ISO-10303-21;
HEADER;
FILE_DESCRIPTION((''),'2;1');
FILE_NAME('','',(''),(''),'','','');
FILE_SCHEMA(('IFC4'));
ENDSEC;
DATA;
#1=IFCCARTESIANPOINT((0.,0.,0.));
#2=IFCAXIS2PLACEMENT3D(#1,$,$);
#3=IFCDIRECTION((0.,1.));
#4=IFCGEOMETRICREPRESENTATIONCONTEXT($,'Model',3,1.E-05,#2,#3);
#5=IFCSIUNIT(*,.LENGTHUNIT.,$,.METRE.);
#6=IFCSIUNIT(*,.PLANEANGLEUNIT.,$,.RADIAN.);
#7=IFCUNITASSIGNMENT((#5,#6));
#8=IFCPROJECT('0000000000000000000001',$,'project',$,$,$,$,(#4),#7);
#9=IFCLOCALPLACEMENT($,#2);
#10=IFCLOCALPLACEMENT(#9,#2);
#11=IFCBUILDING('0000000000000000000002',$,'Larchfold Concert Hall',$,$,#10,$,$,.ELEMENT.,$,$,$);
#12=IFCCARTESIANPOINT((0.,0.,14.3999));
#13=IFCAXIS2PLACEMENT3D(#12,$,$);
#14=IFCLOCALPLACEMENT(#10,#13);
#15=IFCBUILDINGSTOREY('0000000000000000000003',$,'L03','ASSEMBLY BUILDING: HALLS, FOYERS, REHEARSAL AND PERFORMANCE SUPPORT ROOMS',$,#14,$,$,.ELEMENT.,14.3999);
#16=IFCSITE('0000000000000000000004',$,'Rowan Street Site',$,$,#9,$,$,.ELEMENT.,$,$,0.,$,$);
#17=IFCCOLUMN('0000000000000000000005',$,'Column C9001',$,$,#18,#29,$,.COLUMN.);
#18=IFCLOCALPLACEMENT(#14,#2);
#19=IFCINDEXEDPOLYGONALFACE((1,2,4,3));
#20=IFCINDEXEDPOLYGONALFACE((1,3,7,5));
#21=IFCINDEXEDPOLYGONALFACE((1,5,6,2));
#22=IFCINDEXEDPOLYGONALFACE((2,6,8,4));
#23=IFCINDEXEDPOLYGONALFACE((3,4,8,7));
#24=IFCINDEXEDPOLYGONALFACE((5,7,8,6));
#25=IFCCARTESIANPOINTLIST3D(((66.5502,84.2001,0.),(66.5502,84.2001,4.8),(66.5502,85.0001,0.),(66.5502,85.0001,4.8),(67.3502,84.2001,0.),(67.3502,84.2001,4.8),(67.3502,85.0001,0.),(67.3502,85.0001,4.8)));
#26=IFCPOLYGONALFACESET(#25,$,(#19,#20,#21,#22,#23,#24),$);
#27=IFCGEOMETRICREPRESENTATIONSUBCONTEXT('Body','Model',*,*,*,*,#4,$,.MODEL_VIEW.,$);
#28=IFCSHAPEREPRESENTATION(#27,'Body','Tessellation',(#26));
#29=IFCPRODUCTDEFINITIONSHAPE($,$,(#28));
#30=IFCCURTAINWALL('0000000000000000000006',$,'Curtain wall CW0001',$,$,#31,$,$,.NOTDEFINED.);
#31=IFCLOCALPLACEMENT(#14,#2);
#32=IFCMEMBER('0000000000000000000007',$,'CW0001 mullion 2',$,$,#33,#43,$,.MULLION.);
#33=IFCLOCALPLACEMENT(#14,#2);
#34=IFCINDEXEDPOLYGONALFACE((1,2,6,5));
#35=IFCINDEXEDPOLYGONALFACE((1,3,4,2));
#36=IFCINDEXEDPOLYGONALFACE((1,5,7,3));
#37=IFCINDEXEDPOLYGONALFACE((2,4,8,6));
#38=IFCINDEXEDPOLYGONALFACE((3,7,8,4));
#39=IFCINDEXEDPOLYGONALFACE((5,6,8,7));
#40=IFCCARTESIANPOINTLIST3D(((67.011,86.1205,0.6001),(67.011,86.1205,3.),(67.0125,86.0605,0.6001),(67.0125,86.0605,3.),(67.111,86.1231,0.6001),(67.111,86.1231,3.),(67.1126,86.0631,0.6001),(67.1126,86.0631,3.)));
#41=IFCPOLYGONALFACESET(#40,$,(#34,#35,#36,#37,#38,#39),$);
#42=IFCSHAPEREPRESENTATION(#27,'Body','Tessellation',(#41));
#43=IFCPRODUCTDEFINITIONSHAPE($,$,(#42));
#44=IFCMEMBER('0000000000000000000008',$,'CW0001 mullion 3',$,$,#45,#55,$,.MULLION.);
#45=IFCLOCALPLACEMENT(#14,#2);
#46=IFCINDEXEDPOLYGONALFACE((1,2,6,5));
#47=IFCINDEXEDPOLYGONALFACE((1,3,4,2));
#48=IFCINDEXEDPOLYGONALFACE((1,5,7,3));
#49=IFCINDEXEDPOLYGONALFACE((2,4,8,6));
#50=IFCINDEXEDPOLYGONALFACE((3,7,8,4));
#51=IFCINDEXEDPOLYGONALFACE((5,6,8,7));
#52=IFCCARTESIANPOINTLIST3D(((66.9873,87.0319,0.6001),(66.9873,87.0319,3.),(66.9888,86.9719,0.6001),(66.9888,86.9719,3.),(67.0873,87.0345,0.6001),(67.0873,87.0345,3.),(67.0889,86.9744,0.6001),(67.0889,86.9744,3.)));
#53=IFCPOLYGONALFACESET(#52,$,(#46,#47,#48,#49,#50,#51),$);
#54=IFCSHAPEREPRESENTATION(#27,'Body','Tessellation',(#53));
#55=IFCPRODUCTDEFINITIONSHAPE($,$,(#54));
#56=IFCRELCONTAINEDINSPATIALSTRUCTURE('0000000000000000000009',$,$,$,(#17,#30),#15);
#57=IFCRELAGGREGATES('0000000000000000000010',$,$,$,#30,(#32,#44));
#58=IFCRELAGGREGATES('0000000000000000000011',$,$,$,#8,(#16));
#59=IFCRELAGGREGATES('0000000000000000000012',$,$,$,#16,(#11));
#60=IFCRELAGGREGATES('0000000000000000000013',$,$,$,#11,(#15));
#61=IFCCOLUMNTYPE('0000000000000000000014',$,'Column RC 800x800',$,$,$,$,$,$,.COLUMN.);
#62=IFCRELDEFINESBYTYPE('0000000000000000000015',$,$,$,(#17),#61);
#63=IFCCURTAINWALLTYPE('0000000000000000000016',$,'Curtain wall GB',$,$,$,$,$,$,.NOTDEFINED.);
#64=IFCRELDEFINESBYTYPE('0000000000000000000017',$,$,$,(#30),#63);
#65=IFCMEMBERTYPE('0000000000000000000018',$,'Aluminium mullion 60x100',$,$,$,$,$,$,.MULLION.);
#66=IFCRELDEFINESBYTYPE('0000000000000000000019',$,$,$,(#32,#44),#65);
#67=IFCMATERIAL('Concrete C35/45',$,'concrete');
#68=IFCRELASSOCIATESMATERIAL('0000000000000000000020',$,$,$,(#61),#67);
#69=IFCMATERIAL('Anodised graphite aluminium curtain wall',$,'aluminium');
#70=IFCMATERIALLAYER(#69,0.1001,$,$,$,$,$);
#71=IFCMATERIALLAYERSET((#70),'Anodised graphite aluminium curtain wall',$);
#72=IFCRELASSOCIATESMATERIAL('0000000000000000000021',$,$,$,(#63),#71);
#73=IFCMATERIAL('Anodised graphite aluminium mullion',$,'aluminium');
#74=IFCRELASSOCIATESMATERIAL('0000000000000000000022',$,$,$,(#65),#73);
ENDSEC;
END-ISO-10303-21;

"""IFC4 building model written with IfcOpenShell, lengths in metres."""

from ifc_helpers import new_model, si_unit, direction, frame, origin, origin_2d, place, context, subcontext, project, spatial, rectangle, extrude, material, layer, layer_set, material_profile, profile_set, type_object, element, aggregate, save


model = new_model("IFC4")

# Units and contexts
model_context = context("Model", 3, precision=1e-05, world=origin(), true_north=direction((0.0, 1.0)))
body_context = subcontext(model_context, "Body", "Model", "MODEL_VIEW")
ifc_project = project(units=[si_unit("LENGTHUNIT", "METRE"), si_unit("PLANEANGLEUNIT", "RADIAN")], contexts=[model_context])

# Site, building, storey
site_placement = place(None, origin())
site = spatial("IfcSite", under=ifc_project, at=site_placement, Name="Rowan Street Site", CompositionType="ELEMENT", RefElevation=0.0)
building_placement = place(site_placement, origin())
building = spatial("IfcBuilding", under=site, at=building_placement, Name="Larchfold Concert Hall", CompositionType="ELEMENT")
storey_placement = place(building_placement, frame((0.0, 0.0, 14.3999)))
storey = spatial("IfcBuildingStorey", under=building, at=storey_placement, Name="L03", Description="ASSEMBLY BUILDING: HALLS, FOYERS, REHEARSAL AND PERFORMANCE SUPPORT ROOMS", CompositionType="ELEMENT", Elevation=14.3999)

# Column
ifc_material_1 = material(Name="Concrete C35/45", Category="concrete")
ifc_material_profile_1 = material_profile(ifc_material_1, rectangle(XDim=0.8, YDim=0.8, at=origin_2d()))
ifc_profile_set_1 = profile_set([ifc_material_profile_1], Name="Concrete C35/45")
column_type = type_object("IfcColumnType", Name="Column RC 800x800", PredefinedType="COLUMN", material=ifc_profile_set_1)
column_placement = place(storey_placement, frame((66.9502, 84.6001, 0.0), z_axis=(0.0, 0.0, 1.0), x_axis=(1.0, 0.000002, 0.0)))
element("IfcColumn", 1, at=column_placement, inside=storey, type_object=column_type, Name="Column C9001", PredefinedType="COLUMN", context=body_context, shape_type="SweptSolid", body=[
    extrude(rectangle(XDim=0.8, YDim=0.8, at=origin_2d()), origin(), (0.0, 0.0, 1.0), 4.8),
])

# Curtain wall, members
ifc_material_2 = material(Name="Anodised graphite aluminium curtain wall", Category="aluminium")
ifc_layer_1 = layer(ifc_material_2, 0.1001)
ifc_layer_set_1 = layer_set([ifc_layer_1], Name="Anodised graphite aluminium curtain wall")
curtain_wall_type = type_object("IfcCurtainWallType", Name="Curtain wall GB", PredefinedType="NOTDEFINED", material=ifc_layer_set_1)
curtain_wall_1_placement = place(storey_placement, origin())
curtain_wall_1 = element("IfcCurtainWall", 2, at=curtain_wall_1_placement, inside=storey, type_object=curtain_wall_type, Name="Curtain wall CW0001", PredefinedType="NOTDEFINED")
ifc_material_3 = material(Name="Anodised graphite aluminium mullion", Category="aluminium")
ifc_material_profile_2 = material_profile(ifc_material_3, rectangle(XDim=0.1001, YDim=0.0601, at=origin_2d()))
ifc_profile_set_2 = profile_set([ifc_material_profile_2], Name="Anodised graphite aluminium mullion")
member_type_1 = type_object("IfcMemberType", Name="Aluminium mullion 60x100", PredefinedType="MULLION", material=ifc_profile_set_2)
member_1_placement = place(storey_placement, frame((67.0618, 86.0918, 0.6001), z_axis=(0.0, 0.0, 1.0), x_axis=(-0.999667, -0.025792, 0.0)))
member_1 = element("IfcMember", 3, at=member_1_placement, type_object=member_type_1, Name="CW0001 mullion 2", PredefinedType="MULLION", context=body_context, shape_type="SweptSolid", body=[
    extrude(rectangle(XDim=0.1001, YDim=0.0601, at=origin_2d()), origin(), (0.0, 0.0, 1.0), 2.3999),
])
member_2_placement = place(storey_placement, frame((67.0381, 87.0032, 0.6001), z_axis=(0.0, 0.0, 1.0), x_axis=(-0.999667, -0.025792, 0.0)))
member_2 = element("IfcMember", 4, at=member_2_placement, type_object=member_type_1, Name="CW0001 mullion 3", PredefinedType="MULLION", context=body_context, shape_type="SweptSolid", body=[
    extrude(rectangle(XDim=0.1001, YDim=0.0601, at=origin_2d()), origin(), (0.0, 0.0, 1.0), 2.3999),
])

aggregate(curtain_wall_1, [member_1, member_2])

save(model, "model.ifc")
